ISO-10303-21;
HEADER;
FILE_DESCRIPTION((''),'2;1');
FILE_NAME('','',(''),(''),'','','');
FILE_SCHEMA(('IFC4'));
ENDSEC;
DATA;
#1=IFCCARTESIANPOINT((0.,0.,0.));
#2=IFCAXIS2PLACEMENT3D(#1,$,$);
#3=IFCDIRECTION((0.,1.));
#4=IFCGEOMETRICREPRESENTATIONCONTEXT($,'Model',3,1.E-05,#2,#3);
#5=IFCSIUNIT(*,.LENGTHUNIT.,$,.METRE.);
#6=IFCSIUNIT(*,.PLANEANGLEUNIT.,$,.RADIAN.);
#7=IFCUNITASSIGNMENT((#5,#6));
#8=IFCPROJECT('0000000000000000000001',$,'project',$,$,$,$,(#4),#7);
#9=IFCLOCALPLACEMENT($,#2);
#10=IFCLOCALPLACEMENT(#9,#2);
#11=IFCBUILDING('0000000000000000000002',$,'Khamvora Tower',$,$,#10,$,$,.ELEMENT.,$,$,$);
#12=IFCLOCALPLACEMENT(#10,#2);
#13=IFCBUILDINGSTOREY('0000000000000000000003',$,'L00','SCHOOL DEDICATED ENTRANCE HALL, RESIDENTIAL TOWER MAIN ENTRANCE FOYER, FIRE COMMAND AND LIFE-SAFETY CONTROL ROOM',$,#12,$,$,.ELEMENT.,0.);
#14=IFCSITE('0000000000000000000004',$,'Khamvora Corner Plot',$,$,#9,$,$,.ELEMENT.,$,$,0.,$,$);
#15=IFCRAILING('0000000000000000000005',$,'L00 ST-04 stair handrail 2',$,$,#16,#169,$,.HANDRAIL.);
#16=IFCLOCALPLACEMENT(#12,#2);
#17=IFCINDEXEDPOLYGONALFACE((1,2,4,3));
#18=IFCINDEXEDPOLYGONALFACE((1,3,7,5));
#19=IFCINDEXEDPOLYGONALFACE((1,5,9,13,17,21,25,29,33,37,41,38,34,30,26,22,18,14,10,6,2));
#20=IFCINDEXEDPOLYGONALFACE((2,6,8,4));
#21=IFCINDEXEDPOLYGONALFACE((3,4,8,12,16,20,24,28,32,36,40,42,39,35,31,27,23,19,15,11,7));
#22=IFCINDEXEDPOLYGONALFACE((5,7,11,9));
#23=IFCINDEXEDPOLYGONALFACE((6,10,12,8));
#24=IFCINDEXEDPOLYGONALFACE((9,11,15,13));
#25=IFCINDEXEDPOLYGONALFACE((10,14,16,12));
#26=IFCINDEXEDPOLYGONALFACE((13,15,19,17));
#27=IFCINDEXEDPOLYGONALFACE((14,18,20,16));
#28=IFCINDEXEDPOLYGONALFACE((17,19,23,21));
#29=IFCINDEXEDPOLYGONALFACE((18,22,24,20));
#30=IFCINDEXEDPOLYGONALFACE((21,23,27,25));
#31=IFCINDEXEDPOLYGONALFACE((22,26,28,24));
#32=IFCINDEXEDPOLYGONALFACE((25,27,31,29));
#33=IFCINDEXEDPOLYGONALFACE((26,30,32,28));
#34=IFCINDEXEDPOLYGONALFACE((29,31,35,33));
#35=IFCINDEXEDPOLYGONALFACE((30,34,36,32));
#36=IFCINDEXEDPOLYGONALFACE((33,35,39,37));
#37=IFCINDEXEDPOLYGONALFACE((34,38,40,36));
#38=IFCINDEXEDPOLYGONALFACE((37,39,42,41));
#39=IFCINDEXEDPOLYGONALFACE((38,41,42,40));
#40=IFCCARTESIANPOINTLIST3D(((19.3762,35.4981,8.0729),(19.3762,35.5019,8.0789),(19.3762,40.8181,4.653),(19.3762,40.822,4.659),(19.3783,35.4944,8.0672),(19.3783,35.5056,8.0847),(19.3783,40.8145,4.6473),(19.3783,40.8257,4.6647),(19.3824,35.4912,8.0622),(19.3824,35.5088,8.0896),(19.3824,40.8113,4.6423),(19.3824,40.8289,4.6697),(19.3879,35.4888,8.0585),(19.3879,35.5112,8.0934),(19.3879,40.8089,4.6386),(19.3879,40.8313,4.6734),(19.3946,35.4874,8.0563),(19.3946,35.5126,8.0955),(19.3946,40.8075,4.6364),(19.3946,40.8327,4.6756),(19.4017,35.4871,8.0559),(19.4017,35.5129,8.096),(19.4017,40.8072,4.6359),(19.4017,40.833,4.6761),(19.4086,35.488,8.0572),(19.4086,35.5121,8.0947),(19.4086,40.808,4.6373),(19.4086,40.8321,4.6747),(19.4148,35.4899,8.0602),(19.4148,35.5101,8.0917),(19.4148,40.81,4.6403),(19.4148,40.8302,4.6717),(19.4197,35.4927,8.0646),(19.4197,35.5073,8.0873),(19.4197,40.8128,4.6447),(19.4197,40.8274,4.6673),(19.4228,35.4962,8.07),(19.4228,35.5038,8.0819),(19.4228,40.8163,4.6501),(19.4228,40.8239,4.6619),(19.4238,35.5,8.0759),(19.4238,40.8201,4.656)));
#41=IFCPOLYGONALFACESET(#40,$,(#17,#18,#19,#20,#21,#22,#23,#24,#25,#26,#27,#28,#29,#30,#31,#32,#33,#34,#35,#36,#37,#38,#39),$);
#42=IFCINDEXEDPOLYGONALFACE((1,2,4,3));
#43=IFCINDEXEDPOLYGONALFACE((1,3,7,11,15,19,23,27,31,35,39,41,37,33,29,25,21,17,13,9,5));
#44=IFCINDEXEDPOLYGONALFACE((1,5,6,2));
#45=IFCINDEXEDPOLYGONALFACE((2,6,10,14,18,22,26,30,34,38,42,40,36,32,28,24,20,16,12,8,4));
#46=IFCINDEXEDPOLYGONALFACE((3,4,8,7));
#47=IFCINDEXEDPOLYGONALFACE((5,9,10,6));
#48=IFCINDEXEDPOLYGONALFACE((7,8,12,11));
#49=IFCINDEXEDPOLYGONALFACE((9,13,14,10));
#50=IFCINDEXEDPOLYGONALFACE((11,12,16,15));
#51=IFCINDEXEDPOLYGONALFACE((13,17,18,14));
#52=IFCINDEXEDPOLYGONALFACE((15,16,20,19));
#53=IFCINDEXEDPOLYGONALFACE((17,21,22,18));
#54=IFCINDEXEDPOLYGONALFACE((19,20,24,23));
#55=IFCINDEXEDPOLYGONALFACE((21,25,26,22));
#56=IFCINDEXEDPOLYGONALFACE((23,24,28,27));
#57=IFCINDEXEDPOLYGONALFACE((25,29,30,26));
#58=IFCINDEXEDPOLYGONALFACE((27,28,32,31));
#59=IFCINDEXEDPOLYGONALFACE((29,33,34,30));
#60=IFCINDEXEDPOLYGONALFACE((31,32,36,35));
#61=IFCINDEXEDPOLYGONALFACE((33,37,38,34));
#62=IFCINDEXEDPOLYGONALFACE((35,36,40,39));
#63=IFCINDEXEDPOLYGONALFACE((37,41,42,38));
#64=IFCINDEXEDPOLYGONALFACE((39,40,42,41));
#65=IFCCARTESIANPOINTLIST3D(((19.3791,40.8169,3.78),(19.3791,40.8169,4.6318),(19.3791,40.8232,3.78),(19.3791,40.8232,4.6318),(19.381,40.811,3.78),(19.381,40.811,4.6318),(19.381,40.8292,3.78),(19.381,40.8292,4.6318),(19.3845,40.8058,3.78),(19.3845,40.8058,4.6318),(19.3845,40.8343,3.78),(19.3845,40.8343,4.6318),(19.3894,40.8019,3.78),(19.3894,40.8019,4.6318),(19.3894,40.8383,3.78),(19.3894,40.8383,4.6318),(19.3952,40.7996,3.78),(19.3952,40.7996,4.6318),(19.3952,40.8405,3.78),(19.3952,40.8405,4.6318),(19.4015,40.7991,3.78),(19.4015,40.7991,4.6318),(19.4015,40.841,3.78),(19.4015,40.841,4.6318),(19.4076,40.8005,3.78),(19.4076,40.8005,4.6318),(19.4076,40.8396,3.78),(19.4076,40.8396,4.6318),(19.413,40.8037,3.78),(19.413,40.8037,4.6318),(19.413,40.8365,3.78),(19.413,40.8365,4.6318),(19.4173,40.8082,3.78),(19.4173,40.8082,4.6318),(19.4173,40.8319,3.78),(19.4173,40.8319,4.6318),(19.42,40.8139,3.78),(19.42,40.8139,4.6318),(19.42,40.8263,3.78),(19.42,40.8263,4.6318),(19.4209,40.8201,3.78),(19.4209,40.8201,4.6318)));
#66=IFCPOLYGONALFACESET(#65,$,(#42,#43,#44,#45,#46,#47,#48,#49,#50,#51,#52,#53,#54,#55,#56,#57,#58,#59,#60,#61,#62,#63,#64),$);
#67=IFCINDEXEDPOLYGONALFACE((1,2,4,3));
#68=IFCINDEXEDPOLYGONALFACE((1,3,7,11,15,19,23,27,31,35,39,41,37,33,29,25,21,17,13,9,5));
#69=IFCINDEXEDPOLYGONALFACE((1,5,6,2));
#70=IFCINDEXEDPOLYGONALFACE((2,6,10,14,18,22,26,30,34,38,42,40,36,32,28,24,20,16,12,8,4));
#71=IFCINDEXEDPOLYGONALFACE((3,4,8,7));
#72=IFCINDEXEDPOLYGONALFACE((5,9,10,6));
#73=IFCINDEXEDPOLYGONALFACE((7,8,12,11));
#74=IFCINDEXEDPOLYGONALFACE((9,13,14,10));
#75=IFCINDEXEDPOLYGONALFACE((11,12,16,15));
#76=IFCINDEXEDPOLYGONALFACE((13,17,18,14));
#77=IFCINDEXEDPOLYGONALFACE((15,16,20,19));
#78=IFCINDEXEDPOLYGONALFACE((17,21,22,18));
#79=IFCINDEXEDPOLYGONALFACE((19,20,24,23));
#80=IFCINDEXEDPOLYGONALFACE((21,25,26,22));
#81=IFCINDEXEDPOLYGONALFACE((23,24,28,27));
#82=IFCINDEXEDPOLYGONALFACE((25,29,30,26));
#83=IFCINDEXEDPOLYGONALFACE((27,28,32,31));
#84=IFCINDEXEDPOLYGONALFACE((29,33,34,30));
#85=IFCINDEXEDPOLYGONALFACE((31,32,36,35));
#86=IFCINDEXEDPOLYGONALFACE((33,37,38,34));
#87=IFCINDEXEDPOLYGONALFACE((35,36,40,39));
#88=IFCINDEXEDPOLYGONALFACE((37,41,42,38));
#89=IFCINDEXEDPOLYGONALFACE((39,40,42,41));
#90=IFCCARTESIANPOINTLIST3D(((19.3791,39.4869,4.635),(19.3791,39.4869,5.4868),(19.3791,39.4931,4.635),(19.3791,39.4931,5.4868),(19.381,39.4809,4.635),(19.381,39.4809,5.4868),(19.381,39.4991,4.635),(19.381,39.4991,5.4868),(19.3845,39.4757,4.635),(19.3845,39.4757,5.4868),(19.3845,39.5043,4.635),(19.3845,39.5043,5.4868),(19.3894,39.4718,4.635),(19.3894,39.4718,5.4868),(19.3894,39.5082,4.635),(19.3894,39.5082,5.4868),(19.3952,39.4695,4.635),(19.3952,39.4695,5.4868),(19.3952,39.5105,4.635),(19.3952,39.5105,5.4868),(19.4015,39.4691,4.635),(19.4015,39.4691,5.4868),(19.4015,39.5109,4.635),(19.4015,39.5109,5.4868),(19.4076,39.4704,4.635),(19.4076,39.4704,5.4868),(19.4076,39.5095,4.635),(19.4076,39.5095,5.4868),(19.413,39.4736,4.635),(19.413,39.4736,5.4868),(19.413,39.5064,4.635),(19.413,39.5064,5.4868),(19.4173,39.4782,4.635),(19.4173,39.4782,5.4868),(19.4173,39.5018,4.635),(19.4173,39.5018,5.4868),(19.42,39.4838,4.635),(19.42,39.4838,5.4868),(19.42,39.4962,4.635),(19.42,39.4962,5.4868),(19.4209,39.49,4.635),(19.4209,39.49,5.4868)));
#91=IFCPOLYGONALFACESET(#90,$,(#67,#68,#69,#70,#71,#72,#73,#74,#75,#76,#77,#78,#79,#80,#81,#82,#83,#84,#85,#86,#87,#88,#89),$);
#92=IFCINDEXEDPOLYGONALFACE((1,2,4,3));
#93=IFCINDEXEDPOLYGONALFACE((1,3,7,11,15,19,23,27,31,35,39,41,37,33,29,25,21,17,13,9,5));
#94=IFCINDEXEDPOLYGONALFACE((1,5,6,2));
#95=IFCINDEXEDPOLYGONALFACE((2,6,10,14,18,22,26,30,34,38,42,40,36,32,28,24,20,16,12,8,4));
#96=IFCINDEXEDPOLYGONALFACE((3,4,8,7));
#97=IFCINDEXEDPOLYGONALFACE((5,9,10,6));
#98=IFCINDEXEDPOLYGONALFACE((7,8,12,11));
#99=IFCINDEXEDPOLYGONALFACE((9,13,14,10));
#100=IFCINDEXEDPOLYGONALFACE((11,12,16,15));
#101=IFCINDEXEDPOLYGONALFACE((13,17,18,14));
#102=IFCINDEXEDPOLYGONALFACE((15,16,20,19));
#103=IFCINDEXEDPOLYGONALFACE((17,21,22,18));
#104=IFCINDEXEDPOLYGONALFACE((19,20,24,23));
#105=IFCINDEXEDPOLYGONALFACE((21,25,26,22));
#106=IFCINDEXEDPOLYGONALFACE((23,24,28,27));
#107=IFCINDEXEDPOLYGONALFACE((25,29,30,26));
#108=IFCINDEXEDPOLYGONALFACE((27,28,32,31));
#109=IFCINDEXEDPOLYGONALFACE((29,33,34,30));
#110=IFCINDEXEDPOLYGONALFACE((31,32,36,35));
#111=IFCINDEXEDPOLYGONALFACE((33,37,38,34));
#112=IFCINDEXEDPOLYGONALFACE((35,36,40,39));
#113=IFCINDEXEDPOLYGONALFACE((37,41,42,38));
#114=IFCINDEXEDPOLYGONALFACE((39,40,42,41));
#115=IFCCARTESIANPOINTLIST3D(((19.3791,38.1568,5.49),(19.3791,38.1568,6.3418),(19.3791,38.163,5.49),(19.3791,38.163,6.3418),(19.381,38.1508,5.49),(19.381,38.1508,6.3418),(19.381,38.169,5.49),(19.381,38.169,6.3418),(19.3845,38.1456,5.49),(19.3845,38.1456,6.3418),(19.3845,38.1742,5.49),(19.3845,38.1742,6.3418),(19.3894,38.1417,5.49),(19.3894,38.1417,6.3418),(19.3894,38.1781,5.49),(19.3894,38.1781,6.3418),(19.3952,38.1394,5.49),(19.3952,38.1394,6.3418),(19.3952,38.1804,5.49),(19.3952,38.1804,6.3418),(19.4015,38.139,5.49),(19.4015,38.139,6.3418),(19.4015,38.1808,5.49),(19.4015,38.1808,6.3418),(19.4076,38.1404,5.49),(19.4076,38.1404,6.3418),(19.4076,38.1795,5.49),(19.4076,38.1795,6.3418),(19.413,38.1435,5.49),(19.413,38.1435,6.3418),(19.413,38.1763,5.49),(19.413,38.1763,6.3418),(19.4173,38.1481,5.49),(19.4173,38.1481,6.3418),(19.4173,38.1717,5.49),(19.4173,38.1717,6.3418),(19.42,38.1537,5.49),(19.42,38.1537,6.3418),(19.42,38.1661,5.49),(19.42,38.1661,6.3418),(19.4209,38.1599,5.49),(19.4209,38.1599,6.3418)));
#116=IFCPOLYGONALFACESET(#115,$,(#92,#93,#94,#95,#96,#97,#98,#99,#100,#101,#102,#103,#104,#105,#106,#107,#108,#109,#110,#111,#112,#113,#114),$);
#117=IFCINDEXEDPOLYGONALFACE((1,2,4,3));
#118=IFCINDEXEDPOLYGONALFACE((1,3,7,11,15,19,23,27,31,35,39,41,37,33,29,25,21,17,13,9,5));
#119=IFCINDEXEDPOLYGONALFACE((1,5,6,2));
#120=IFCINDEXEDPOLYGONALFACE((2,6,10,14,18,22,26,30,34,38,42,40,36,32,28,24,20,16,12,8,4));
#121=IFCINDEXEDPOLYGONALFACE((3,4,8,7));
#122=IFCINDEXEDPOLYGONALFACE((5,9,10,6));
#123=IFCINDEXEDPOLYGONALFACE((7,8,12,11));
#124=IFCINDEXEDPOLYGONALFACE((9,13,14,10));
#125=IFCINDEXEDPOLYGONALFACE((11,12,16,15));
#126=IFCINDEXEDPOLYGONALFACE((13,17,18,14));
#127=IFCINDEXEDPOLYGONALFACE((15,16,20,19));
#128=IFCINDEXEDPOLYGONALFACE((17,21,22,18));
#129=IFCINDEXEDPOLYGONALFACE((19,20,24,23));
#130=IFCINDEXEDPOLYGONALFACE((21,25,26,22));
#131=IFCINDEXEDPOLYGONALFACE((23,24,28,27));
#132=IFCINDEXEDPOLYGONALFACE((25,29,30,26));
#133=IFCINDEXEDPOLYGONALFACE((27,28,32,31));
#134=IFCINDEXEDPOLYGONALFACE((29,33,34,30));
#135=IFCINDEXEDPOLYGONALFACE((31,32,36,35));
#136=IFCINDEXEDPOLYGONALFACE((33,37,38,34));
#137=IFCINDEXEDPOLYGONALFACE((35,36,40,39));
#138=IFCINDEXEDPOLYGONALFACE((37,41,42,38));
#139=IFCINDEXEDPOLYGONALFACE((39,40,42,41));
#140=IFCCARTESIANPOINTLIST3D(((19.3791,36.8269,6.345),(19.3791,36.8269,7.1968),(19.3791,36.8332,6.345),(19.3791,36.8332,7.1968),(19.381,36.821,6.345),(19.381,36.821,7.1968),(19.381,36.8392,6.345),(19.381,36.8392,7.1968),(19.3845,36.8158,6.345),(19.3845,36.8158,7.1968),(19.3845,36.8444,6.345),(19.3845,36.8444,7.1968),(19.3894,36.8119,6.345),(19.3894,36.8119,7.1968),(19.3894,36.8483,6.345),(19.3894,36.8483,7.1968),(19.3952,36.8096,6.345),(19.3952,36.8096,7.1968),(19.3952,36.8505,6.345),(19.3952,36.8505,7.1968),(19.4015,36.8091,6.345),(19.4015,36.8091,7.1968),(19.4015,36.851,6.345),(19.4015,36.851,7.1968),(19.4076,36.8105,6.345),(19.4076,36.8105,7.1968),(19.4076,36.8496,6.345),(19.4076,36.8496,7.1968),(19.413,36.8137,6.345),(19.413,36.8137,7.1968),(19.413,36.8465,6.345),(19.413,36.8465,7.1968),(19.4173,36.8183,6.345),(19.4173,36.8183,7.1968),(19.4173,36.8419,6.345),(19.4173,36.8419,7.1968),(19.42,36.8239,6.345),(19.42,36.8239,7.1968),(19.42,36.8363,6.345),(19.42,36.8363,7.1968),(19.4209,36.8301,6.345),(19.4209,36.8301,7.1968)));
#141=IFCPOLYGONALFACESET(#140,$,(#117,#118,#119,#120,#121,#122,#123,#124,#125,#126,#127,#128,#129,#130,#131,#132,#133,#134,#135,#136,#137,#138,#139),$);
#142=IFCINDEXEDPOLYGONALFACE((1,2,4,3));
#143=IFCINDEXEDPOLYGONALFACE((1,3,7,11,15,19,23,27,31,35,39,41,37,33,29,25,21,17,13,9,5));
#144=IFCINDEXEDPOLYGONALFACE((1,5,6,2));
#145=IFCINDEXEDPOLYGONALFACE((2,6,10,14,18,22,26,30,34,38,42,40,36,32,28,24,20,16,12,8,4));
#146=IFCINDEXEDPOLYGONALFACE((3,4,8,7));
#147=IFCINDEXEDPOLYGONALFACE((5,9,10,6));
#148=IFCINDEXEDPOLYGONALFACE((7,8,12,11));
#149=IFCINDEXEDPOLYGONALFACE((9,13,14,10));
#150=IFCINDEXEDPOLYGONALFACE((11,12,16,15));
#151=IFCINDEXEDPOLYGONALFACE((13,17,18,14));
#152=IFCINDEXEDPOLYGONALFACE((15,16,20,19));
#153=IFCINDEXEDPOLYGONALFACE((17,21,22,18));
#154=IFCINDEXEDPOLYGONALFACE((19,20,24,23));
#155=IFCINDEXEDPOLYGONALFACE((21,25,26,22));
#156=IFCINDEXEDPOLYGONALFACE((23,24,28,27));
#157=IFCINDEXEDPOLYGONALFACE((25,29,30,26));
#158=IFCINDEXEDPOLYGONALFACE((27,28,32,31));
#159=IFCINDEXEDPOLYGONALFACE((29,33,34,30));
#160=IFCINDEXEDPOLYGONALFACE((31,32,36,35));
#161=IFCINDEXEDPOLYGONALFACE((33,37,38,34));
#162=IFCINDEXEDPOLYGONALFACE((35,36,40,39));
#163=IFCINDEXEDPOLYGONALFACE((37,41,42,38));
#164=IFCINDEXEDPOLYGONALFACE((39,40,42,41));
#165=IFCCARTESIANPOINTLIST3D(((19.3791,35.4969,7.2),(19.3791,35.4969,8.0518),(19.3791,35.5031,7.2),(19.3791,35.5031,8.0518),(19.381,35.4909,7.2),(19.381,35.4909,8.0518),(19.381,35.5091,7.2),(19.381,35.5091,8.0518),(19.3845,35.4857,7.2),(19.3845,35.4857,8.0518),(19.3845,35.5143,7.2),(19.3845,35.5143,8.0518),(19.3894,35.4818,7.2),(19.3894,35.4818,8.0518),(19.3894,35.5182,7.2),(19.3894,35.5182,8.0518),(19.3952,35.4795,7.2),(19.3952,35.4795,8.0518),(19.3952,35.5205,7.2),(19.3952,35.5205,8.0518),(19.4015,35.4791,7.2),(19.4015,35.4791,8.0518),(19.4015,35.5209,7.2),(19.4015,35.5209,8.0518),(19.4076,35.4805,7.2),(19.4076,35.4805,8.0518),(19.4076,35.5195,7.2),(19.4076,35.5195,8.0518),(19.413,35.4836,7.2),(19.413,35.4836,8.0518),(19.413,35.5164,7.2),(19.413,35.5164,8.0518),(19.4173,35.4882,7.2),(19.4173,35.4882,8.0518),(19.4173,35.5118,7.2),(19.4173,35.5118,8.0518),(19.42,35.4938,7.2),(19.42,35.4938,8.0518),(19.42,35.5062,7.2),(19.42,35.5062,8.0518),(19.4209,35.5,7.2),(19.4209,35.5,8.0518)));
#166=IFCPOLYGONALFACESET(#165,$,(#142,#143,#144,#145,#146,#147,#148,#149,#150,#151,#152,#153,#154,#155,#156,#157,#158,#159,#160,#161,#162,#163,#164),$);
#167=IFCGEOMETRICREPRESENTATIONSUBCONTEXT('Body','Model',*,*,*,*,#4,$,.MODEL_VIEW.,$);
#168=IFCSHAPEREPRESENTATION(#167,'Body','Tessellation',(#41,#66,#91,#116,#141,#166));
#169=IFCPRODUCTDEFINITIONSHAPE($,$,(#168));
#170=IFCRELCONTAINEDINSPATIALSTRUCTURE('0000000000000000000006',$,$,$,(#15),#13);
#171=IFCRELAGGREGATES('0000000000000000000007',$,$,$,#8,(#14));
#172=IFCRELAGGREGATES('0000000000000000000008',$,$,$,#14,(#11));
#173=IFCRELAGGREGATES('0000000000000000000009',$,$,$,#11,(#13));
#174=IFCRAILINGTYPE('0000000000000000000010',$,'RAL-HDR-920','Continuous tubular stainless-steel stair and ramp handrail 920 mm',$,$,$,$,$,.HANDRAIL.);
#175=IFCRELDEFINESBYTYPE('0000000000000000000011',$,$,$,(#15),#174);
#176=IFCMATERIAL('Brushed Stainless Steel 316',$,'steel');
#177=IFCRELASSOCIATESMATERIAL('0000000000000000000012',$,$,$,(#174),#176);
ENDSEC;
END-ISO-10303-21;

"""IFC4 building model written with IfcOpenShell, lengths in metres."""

from ifc_helpers import new_model, si_unit, direction, frame, origin, origin_2d, place, context, subcontext, project, spatial, circle, extrude, material, type_object, element, save


model = new_model("IFC4")

# Units and contexts
model_context = context("Model", 3, precision=1e-05, world=origin(), true_north=direction((0.0, 1.0)))
body_context = subcontext(model_context, "Body", "Model", "MODEL_VIEW")
ifc_project = project(units=[si_unit("LENGTHUNIT", "METRE"), si_unit("PLANEANGLEUNIT", "RADIAN")], contexts=[model_context])

# Site, building, storey
site_placement = place(None, origin())
site = spatial("IfcSite", under=ifc_project, at=site_placement, Name="Khamvora Corner Plot", CompositionType="ELEMENT", RefElevation=0.0)
building_placement = place(site_placement, origin())
building = spatial("IfcBuilding", under=site, at=building_placement, Name="Khamvora Tower", CompositionType="ELEMENT")
storey_placement = place(building_placement, origin())
storey = spatial("IfcBuildingStorey", under=building, at=storey_placement, Name="L00", Description="SCHOOL DEDICATED ENTRANCE HALL, RESIDENTIAL TOWER MAIN ENTRANCE FOYER, FIRE COMMAND AND LIFE-SAFETY CONTROL ROOM", CompositionType="ELEMENT", Elevation=0.0)

# Railing
ifc_material_1 = material(Name="Brushed Stainless Steel 316", Category="steel")
railing_type_1 = type_object("IfcRailingType", Name="RAL-HDR-920", Description="Continuous tubular stainless-steel stair and ramp handrail 920 mm", PredefinedType="HANDRAIL", material=ifc_material_1)
railing_1_placement = place(storey_placement, frame((19.3999, 40.8201, 3.78)))
element("IfcRailing", 1, at=railing_1_placement, inside=storey, type_object=railing_type_1, Name="L00 ST-04 stair handrail 2", PredefinedType="HANDRAIL", context=body_context, shape_type="SweptSolid", body=[
    extrude(circle(Radius=0.0239, at=origin_2d()), frame((0.0, 0.0, 0.876), z_axis=(0.0, -0.841187, 0.540744), x_axis=(1.0, 0.0, 0.0)), (0.0, 0.0, 1.0), 6.3245),
    extrude(circle(Radius=0.021, at=origin_2d()), origin(), (0.0, 0.0, 1.0), 0.8518),
    extrude(circle(Radius=0.021, at=origin_2d()), frame((0.0, -1.3301, 0.855)), (0.0, 0.0, 1.0), 0.8518),
    extrude(circle(Radius=0.021, at=origin_2d()), frame((0.0, -2.6602, 1.71)), (0.0, 0.0, 1.0), 0.8518),
    extrude(circle(Radius=0.021, at=origin_2d()), frame((0.0, -3.99, 2.5649)), (0.0, 0.0, 1.0), 0.8518),
    extrude(circle(Radius=0.021, at=origin_2d()), frame((0.0, -5.3201, 3.4199)), (0.0, 0.0, 1.0), 0.8518),
])

save(model, "model.ifc")
